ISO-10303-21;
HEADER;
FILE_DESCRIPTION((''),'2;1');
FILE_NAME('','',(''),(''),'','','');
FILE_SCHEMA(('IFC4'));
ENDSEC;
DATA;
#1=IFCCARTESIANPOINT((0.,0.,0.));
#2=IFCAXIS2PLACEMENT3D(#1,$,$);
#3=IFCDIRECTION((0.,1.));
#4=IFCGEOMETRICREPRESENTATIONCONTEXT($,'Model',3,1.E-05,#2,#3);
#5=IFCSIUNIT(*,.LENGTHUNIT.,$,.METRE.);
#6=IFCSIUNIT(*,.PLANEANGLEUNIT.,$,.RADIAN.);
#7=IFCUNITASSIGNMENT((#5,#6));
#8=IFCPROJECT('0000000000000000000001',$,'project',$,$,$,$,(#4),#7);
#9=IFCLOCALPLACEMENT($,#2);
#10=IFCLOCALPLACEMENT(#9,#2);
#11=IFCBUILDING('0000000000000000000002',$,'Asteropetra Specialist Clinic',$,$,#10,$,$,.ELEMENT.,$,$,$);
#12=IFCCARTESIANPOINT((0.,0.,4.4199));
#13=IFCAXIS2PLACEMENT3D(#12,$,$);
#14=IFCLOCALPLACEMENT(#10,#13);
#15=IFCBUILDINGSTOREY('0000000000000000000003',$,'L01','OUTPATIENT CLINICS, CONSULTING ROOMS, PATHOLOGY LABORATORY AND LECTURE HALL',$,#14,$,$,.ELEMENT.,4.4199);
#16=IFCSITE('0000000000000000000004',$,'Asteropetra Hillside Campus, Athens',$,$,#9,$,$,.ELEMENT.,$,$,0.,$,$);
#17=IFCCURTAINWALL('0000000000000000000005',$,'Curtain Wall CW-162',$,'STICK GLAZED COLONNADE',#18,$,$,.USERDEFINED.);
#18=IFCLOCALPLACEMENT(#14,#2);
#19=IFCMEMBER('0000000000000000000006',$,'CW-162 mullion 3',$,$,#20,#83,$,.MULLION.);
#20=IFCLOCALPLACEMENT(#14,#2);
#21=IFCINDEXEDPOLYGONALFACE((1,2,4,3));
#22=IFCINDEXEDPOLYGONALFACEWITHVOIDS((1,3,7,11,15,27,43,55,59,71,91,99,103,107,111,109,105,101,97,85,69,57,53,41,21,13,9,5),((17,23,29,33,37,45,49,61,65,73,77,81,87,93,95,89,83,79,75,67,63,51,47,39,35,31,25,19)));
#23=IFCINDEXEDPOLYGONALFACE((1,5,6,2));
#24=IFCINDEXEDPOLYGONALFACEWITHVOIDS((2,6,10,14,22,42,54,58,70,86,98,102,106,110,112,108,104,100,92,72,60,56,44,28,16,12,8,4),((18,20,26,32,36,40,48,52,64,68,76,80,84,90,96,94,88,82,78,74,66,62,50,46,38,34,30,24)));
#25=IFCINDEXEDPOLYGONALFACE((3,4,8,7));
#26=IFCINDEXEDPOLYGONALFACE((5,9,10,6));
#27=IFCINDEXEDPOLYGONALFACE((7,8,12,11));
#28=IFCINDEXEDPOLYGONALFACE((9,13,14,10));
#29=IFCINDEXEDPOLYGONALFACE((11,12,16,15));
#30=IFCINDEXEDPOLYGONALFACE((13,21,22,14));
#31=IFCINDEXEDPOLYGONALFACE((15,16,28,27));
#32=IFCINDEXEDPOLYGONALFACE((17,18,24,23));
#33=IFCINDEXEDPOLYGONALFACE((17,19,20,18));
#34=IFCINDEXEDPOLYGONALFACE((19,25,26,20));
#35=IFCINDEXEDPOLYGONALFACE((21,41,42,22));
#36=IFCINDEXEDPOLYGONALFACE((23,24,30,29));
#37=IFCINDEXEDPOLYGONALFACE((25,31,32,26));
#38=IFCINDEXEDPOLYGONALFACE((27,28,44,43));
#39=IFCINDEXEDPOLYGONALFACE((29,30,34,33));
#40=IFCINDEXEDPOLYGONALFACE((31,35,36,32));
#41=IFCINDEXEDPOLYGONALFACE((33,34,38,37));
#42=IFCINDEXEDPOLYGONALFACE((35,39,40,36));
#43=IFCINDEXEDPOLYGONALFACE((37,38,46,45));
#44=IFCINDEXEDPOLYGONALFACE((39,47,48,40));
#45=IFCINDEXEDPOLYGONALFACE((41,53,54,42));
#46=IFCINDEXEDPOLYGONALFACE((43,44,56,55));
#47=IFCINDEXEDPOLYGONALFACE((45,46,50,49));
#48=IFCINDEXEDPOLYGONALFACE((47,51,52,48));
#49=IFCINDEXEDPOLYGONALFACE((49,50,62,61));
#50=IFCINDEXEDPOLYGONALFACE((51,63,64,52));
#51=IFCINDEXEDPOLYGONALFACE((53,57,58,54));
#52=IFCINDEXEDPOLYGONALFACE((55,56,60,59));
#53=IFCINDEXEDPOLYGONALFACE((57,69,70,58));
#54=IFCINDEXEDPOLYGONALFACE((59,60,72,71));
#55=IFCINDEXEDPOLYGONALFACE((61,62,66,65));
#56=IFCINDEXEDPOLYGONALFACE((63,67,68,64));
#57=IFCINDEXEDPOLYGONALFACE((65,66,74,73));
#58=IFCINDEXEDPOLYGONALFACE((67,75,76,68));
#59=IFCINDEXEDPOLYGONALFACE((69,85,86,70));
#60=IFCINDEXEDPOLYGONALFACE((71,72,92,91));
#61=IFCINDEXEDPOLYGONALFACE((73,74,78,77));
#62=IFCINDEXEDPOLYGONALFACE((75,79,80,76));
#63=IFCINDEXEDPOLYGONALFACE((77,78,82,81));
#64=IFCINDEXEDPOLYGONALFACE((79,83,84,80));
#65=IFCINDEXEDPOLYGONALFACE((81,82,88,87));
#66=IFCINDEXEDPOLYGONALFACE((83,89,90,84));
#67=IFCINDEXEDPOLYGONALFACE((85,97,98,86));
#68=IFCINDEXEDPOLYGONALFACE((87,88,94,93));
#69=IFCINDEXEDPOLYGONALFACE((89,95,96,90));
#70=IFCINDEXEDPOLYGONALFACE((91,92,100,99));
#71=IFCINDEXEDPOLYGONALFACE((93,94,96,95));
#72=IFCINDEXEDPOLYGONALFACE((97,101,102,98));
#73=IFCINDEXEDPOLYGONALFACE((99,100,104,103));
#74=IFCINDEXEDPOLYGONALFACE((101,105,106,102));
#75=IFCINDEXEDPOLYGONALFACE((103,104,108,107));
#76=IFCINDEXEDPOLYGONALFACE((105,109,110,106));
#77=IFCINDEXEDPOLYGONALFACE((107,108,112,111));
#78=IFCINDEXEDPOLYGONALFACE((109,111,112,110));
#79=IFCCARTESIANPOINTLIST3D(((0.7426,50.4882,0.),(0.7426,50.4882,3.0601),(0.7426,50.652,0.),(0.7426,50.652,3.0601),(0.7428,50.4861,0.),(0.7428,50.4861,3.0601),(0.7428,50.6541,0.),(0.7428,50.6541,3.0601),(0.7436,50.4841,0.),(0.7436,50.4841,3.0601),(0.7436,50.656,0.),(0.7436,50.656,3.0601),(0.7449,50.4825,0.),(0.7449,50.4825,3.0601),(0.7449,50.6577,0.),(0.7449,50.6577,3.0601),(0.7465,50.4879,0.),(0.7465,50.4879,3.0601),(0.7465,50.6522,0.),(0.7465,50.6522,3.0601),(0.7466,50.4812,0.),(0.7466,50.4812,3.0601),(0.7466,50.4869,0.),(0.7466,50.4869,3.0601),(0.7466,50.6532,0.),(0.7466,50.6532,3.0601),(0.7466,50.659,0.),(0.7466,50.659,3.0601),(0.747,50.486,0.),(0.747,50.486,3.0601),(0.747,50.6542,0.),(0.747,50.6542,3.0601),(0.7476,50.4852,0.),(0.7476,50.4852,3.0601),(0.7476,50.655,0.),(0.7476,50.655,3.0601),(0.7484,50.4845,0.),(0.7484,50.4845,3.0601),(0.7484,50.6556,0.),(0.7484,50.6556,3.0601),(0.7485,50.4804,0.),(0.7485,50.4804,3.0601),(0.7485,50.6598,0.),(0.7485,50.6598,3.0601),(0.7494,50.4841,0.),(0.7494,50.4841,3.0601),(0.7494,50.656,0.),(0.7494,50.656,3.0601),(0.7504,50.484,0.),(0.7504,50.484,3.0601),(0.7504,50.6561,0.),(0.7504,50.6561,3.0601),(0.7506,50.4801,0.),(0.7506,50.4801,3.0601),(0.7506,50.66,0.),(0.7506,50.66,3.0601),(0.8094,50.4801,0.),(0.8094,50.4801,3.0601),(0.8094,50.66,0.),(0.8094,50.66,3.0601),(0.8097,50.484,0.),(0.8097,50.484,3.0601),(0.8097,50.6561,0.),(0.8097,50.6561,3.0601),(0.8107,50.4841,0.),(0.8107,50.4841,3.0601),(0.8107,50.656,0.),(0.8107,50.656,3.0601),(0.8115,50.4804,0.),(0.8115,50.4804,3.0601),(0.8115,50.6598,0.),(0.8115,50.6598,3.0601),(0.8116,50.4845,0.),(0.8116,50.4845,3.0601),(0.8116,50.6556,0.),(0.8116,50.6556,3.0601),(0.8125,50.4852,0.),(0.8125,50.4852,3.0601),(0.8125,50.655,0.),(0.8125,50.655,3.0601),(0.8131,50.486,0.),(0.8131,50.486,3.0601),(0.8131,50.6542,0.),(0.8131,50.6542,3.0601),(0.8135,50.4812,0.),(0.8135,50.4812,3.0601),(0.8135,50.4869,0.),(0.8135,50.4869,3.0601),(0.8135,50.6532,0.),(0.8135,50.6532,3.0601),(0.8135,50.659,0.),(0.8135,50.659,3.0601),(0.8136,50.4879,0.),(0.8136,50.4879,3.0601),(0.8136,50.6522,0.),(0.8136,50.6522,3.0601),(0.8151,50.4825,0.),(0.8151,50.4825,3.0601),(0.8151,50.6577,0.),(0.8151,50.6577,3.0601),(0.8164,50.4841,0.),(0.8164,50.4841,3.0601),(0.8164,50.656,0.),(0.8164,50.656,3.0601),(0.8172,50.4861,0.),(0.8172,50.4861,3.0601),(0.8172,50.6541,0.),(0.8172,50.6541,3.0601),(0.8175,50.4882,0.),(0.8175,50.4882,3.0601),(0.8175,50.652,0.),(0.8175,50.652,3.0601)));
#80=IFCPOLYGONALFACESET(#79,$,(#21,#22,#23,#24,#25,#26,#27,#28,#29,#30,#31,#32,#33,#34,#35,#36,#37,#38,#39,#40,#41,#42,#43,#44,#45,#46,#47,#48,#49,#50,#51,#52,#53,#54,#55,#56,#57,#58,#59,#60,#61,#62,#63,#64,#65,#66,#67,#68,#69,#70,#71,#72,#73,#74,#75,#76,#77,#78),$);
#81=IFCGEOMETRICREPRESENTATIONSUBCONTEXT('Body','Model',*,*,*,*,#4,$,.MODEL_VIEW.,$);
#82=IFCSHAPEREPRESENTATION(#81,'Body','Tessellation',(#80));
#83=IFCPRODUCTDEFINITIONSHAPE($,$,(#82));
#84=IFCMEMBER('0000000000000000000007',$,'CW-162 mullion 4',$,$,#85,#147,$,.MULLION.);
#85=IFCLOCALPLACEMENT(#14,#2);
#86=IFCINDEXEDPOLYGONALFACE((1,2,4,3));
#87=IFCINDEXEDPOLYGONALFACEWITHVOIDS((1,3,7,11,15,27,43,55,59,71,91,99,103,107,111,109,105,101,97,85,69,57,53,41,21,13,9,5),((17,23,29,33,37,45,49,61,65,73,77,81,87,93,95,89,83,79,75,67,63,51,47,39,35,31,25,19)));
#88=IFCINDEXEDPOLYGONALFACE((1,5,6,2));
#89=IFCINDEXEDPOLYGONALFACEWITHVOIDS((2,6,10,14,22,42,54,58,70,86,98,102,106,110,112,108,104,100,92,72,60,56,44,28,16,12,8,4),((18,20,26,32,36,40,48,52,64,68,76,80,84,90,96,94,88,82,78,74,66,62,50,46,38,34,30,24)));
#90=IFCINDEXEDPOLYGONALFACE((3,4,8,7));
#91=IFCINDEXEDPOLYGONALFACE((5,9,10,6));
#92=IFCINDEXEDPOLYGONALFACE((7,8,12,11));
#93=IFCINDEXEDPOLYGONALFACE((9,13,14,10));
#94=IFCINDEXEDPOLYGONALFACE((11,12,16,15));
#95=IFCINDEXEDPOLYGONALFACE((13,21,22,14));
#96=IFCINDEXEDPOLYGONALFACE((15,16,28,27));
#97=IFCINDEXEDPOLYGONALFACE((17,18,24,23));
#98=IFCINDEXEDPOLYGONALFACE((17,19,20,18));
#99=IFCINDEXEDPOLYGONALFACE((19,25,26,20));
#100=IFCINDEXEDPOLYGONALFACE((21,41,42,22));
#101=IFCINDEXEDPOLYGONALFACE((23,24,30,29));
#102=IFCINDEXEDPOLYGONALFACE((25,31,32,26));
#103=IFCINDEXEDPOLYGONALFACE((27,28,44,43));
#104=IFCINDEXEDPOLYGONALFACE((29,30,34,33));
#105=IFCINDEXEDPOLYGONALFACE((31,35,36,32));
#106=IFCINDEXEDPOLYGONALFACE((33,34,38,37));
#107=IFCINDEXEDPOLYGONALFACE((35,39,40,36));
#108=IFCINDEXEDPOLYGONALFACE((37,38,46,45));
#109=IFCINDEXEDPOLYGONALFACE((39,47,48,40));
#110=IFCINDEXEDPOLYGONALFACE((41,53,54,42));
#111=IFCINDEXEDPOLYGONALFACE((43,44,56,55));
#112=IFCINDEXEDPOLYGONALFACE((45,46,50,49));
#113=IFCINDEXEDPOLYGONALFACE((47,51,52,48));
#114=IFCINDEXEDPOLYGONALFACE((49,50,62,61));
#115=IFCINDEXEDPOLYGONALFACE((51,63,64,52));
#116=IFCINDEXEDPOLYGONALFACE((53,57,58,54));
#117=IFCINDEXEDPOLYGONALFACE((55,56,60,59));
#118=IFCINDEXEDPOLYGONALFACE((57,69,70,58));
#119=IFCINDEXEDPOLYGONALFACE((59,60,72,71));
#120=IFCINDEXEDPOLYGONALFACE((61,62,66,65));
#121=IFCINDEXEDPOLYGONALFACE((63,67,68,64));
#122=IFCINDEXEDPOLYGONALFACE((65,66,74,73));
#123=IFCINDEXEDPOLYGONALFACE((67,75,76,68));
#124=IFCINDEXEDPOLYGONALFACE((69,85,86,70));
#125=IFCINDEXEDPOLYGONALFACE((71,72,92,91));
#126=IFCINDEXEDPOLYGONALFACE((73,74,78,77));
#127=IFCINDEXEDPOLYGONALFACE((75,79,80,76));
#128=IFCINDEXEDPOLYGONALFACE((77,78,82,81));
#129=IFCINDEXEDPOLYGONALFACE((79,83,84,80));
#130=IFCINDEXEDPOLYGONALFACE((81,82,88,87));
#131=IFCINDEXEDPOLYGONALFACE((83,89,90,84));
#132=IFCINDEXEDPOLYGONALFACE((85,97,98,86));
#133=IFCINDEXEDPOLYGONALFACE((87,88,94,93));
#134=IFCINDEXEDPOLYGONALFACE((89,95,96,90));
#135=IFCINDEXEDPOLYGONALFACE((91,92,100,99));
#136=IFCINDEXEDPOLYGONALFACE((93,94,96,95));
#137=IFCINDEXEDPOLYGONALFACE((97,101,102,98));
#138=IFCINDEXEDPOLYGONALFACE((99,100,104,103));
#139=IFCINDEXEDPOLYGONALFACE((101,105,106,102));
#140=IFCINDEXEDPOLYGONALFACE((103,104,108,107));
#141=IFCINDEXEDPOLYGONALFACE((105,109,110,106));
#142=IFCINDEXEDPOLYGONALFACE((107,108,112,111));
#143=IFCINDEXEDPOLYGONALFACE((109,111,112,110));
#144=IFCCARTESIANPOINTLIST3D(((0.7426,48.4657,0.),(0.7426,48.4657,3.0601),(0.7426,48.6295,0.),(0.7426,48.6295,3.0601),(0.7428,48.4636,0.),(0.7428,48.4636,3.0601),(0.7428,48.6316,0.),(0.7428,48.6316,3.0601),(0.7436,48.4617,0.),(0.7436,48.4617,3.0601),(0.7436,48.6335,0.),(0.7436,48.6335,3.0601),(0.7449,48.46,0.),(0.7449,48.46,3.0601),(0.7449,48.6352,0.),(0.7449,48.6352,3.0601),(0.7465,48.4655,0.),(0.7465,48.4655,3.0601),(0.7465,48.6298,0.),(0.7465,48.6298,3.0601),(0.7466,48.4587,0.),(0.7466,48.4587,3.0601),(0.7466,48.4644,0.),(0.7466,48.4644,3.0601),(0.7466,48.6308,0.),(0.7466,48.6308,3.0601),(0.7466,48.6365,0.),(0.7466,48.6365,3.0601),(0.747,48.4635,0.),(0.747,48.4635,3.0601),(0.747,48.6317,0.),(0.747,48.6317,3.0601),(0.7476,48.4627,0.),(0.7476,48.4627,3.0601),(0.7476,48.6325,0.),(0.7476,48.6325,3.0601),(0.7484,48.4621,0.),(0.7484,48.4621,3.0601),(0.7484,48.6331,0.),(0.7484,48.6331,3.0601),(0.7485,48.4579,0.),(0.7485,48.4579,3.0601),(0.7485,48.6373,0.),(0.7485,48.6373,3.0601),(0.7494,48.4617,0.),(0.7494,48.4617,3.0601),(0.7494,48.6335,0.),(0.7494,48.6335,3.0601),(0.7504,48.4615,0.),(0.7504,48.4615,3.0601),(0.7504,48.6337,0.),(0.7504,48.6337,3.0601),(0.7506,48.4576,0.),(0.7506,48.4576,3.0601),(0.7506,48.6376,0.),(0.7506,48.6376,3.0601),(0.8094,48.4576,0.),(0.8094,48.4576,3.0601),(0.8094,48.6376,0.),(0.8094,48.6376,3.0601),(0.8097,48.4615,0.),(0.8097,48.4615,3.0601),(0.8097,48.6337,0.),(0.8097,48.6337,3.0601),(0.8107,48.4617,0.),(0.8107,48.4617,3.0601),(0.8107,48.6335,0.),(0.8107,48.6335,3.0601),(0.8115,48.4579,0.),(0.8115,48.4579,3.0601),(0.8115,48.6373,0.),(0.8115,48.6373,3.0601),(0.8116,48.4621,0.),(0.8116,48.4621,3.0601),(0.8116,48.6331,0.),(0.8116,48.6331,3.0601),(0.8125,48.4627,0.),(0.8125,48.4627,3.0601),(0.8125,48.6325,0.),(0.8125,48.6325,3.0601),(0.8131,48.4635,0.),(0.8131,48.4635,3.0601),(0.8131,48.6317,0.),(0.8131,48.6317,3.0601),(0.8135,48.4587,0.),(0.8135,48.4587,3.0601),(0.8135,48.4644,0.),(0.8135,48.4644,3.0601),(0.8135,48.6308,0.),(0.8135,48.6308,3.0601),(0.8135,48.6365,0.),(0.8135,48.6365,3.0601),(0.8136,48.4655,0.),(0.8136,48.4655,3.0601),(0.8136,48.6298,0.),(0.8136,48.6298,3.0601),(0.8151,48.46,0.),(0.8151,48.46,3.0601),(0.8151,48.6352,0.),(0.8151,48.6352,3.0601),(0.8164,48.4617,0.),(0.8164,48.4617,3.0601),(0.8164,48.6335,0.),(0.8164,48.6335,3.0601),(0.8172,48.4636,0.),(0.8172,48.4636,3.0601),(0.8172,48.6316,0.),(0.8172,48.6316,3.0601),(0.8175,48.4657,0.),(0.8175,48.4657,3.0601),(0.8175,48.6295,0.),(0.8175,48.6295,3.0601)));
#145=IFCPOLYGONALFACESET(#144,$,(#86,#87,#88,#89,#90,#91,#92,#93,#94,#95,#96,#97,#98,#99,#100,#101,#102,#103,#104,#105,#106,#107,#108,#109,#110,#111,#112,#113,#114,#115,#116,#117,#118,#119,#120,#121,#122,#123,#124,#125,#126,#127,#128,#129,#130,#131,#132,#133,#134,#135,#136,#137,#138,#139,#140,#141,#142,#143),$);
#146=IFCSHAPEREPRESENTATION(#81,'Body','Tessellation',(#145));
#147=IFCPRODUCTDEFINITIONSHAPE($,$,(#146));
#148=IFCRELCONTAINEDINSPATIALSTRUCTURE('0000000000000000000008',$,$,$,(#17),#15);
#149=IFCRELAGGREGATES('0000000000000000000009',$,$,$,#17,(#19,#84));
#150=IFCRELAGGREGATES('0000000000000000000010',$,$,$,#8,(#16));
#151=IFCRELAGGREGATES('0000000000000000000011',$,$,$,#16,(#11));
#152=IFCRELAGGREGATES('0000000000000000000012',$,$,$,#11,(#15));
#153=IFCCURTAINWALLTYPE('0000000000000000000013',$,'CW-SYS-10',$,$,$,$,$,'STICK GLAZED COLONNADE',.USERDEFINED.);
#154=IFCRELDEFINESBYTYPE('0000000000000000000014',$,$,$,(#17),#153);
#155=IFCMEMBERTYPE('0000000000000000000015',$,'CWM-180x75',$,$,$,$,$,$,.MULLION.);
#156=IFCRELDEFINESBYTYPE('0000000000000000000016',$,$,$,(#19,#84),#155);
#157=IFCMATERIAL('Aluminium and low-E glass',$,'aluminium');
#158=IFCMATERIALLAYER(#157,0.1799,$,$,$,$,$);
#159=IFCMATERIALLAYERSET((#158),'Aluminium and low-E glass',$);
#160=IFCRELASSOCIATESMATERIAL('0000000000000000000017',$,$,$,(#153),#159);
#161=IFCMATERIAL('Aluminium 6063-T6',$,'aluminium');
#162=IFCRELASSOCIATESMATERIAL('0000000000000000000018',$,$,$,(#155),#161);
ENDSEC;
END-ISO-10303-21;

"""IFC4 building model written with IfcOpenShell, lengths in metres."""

from ifc_helpers import new_model, si_unit, direction, frame, origin, origin_2d, place, context, subcontext, project, spatial, hollow_rectangle, extrude, material, layer, layer_set, material_profile, profile_set, type_object, element, aggregate, save


model = new_model("IFC4")

# Units and contexts
model_context = context("Model", 3, precision=1e-05, world=origin(), true_north=direction((0.0, 1.0)))
body_context = subcontext(model_context, "Body", "Model", "MODEL_VIEW")
ifc_project = project(units=[si_unit("LENGTHUNIT", "METRE"), si_unit("PLANEANGLEUNIT", "RADIAN")], contexts=[model_context])

# Site, building, storey
site_placement = place(None, origin())
site = spatial("IfcSite", under=ifc_project, at=site_placement, Name="Asteropetra Hillside Campus, Athens", CompositionType="ELEMENT", RefElevation=0.0)
building_placement = place(site_placement, origin())
building = spatial("IfcBuilding", under=site, at=building_placement, Name="Asteropetra Specialist Clinic", CompositionType="ELEMENT")
storey_placement = place(building_placement, frame((0.0, 0.0, 4.4199)))
storey = spatial("IfcBuildingStorey", under=building, at=storey_placement, Name="L01", Description="OUTPATIENT CLINICS, CONSULTING ROOMS, PATHOLOGY LABORATORY AND LECTURE HALL", CompositionType="ELEMENT", Elevation=4.4199)

# Shared definitions
ifc_material_1 = material(Name="Aluminium and low-E glass", Category="aluminium")
ifc_layer_1 = layer(ifc_material_1, 0.1799)
ifc_layer_set_1 = layer_set([ifc_layer_1], Name="Aluminium and low-E glass")
curtain_wall_type = type_object("IfcCurtainWallType", Name="CW-SYS-10", ElementType="STICK GLAZED COLONNADE", PredefinedType="USERDEFINED", material=ifc_layer_set_1)

# Curtain wall, members
curtain_wall_1_placement = place(storey_placement, origin())
curtain_wall_1 = element("IfcCurtainWall", 1, at=curtain_wall_1_placement, inside=storey, type_object=curtain_wall_type, Name="Curtain Wall CW-162", ObjectType="STICK GLAZED COLONNADE", PredefinedType="USERDEFINED")
ifc_material_2 = material(Name="Aluminium 6063-T6", Category="aluminium")
ifc_material_profile_1 = material_profile(ifc_material_2, hollow_rectangle(XDim=0.075, YDim=0.1799, WallThickness=0.0039, InnerFilletRadius=0.0039, OuterFilletRadius=0.0081, at=origin_2d()), Name="MUL 180x75x4.0")
ifc_profile_set_1 = profile_set([ifc_material_profile_1], Name="Aluminium 6063-T6")
member_type_1 = type_object("IfcMemberType", Name="CWM-180x75", PredefinedType="MULLION", material=ifc_profile_set_1)
member_1_placement = place(storey_placement, frame((0.78, 50.5701, 0.0), z_axis=(0.0, 0.0, 1.0), x_axis=(1.0, 0.0, 0.0)))
member_1 = element("IfcMember", 2, at=member_1_placement, type_object=member_type_1, Name="CW-162 mullion 3", PredefinedType="MULLION", context=body_context, shape_type="SweptSolid", body=[
    extrude(hollow_rectangle(XDim=0.075, YDim=0.1799, WallThickness=0.0039, InnerFilletRadius=0.0039, OuterFilletRadius=0.0081, at=origin_2d()), origin(), (0.0, 0.0, 1.0), 3.0601),
])
member_2_placement = place(storey_placement, frame((0.78, 48.5476, 0.0), z_axis=(0.0, 0.0, 1.0), x_axis=(1.0, 0.0, 0.0)))
member_2 = element("IfcMember", 3, at=member_2_placement, type_object=member_type_1, Name="CW-162 mullion 4", PredefinedType="MULLION", context=body_context, shape_type="SweptSolid", body=[
    extrude(hollow_rectangle(XDim=0.075, YDim=0.1799, WallThickness=0.0039, InnerFilletRadius=0.0039, OuterFilletRadius=0.0081, at=origin_2d()), origin(), (0.0, 0.0, 1.0), 3.0601),
])

aggregate(curtain_wall_1, [member_1, member_2])

save(model, "model.ifc")
